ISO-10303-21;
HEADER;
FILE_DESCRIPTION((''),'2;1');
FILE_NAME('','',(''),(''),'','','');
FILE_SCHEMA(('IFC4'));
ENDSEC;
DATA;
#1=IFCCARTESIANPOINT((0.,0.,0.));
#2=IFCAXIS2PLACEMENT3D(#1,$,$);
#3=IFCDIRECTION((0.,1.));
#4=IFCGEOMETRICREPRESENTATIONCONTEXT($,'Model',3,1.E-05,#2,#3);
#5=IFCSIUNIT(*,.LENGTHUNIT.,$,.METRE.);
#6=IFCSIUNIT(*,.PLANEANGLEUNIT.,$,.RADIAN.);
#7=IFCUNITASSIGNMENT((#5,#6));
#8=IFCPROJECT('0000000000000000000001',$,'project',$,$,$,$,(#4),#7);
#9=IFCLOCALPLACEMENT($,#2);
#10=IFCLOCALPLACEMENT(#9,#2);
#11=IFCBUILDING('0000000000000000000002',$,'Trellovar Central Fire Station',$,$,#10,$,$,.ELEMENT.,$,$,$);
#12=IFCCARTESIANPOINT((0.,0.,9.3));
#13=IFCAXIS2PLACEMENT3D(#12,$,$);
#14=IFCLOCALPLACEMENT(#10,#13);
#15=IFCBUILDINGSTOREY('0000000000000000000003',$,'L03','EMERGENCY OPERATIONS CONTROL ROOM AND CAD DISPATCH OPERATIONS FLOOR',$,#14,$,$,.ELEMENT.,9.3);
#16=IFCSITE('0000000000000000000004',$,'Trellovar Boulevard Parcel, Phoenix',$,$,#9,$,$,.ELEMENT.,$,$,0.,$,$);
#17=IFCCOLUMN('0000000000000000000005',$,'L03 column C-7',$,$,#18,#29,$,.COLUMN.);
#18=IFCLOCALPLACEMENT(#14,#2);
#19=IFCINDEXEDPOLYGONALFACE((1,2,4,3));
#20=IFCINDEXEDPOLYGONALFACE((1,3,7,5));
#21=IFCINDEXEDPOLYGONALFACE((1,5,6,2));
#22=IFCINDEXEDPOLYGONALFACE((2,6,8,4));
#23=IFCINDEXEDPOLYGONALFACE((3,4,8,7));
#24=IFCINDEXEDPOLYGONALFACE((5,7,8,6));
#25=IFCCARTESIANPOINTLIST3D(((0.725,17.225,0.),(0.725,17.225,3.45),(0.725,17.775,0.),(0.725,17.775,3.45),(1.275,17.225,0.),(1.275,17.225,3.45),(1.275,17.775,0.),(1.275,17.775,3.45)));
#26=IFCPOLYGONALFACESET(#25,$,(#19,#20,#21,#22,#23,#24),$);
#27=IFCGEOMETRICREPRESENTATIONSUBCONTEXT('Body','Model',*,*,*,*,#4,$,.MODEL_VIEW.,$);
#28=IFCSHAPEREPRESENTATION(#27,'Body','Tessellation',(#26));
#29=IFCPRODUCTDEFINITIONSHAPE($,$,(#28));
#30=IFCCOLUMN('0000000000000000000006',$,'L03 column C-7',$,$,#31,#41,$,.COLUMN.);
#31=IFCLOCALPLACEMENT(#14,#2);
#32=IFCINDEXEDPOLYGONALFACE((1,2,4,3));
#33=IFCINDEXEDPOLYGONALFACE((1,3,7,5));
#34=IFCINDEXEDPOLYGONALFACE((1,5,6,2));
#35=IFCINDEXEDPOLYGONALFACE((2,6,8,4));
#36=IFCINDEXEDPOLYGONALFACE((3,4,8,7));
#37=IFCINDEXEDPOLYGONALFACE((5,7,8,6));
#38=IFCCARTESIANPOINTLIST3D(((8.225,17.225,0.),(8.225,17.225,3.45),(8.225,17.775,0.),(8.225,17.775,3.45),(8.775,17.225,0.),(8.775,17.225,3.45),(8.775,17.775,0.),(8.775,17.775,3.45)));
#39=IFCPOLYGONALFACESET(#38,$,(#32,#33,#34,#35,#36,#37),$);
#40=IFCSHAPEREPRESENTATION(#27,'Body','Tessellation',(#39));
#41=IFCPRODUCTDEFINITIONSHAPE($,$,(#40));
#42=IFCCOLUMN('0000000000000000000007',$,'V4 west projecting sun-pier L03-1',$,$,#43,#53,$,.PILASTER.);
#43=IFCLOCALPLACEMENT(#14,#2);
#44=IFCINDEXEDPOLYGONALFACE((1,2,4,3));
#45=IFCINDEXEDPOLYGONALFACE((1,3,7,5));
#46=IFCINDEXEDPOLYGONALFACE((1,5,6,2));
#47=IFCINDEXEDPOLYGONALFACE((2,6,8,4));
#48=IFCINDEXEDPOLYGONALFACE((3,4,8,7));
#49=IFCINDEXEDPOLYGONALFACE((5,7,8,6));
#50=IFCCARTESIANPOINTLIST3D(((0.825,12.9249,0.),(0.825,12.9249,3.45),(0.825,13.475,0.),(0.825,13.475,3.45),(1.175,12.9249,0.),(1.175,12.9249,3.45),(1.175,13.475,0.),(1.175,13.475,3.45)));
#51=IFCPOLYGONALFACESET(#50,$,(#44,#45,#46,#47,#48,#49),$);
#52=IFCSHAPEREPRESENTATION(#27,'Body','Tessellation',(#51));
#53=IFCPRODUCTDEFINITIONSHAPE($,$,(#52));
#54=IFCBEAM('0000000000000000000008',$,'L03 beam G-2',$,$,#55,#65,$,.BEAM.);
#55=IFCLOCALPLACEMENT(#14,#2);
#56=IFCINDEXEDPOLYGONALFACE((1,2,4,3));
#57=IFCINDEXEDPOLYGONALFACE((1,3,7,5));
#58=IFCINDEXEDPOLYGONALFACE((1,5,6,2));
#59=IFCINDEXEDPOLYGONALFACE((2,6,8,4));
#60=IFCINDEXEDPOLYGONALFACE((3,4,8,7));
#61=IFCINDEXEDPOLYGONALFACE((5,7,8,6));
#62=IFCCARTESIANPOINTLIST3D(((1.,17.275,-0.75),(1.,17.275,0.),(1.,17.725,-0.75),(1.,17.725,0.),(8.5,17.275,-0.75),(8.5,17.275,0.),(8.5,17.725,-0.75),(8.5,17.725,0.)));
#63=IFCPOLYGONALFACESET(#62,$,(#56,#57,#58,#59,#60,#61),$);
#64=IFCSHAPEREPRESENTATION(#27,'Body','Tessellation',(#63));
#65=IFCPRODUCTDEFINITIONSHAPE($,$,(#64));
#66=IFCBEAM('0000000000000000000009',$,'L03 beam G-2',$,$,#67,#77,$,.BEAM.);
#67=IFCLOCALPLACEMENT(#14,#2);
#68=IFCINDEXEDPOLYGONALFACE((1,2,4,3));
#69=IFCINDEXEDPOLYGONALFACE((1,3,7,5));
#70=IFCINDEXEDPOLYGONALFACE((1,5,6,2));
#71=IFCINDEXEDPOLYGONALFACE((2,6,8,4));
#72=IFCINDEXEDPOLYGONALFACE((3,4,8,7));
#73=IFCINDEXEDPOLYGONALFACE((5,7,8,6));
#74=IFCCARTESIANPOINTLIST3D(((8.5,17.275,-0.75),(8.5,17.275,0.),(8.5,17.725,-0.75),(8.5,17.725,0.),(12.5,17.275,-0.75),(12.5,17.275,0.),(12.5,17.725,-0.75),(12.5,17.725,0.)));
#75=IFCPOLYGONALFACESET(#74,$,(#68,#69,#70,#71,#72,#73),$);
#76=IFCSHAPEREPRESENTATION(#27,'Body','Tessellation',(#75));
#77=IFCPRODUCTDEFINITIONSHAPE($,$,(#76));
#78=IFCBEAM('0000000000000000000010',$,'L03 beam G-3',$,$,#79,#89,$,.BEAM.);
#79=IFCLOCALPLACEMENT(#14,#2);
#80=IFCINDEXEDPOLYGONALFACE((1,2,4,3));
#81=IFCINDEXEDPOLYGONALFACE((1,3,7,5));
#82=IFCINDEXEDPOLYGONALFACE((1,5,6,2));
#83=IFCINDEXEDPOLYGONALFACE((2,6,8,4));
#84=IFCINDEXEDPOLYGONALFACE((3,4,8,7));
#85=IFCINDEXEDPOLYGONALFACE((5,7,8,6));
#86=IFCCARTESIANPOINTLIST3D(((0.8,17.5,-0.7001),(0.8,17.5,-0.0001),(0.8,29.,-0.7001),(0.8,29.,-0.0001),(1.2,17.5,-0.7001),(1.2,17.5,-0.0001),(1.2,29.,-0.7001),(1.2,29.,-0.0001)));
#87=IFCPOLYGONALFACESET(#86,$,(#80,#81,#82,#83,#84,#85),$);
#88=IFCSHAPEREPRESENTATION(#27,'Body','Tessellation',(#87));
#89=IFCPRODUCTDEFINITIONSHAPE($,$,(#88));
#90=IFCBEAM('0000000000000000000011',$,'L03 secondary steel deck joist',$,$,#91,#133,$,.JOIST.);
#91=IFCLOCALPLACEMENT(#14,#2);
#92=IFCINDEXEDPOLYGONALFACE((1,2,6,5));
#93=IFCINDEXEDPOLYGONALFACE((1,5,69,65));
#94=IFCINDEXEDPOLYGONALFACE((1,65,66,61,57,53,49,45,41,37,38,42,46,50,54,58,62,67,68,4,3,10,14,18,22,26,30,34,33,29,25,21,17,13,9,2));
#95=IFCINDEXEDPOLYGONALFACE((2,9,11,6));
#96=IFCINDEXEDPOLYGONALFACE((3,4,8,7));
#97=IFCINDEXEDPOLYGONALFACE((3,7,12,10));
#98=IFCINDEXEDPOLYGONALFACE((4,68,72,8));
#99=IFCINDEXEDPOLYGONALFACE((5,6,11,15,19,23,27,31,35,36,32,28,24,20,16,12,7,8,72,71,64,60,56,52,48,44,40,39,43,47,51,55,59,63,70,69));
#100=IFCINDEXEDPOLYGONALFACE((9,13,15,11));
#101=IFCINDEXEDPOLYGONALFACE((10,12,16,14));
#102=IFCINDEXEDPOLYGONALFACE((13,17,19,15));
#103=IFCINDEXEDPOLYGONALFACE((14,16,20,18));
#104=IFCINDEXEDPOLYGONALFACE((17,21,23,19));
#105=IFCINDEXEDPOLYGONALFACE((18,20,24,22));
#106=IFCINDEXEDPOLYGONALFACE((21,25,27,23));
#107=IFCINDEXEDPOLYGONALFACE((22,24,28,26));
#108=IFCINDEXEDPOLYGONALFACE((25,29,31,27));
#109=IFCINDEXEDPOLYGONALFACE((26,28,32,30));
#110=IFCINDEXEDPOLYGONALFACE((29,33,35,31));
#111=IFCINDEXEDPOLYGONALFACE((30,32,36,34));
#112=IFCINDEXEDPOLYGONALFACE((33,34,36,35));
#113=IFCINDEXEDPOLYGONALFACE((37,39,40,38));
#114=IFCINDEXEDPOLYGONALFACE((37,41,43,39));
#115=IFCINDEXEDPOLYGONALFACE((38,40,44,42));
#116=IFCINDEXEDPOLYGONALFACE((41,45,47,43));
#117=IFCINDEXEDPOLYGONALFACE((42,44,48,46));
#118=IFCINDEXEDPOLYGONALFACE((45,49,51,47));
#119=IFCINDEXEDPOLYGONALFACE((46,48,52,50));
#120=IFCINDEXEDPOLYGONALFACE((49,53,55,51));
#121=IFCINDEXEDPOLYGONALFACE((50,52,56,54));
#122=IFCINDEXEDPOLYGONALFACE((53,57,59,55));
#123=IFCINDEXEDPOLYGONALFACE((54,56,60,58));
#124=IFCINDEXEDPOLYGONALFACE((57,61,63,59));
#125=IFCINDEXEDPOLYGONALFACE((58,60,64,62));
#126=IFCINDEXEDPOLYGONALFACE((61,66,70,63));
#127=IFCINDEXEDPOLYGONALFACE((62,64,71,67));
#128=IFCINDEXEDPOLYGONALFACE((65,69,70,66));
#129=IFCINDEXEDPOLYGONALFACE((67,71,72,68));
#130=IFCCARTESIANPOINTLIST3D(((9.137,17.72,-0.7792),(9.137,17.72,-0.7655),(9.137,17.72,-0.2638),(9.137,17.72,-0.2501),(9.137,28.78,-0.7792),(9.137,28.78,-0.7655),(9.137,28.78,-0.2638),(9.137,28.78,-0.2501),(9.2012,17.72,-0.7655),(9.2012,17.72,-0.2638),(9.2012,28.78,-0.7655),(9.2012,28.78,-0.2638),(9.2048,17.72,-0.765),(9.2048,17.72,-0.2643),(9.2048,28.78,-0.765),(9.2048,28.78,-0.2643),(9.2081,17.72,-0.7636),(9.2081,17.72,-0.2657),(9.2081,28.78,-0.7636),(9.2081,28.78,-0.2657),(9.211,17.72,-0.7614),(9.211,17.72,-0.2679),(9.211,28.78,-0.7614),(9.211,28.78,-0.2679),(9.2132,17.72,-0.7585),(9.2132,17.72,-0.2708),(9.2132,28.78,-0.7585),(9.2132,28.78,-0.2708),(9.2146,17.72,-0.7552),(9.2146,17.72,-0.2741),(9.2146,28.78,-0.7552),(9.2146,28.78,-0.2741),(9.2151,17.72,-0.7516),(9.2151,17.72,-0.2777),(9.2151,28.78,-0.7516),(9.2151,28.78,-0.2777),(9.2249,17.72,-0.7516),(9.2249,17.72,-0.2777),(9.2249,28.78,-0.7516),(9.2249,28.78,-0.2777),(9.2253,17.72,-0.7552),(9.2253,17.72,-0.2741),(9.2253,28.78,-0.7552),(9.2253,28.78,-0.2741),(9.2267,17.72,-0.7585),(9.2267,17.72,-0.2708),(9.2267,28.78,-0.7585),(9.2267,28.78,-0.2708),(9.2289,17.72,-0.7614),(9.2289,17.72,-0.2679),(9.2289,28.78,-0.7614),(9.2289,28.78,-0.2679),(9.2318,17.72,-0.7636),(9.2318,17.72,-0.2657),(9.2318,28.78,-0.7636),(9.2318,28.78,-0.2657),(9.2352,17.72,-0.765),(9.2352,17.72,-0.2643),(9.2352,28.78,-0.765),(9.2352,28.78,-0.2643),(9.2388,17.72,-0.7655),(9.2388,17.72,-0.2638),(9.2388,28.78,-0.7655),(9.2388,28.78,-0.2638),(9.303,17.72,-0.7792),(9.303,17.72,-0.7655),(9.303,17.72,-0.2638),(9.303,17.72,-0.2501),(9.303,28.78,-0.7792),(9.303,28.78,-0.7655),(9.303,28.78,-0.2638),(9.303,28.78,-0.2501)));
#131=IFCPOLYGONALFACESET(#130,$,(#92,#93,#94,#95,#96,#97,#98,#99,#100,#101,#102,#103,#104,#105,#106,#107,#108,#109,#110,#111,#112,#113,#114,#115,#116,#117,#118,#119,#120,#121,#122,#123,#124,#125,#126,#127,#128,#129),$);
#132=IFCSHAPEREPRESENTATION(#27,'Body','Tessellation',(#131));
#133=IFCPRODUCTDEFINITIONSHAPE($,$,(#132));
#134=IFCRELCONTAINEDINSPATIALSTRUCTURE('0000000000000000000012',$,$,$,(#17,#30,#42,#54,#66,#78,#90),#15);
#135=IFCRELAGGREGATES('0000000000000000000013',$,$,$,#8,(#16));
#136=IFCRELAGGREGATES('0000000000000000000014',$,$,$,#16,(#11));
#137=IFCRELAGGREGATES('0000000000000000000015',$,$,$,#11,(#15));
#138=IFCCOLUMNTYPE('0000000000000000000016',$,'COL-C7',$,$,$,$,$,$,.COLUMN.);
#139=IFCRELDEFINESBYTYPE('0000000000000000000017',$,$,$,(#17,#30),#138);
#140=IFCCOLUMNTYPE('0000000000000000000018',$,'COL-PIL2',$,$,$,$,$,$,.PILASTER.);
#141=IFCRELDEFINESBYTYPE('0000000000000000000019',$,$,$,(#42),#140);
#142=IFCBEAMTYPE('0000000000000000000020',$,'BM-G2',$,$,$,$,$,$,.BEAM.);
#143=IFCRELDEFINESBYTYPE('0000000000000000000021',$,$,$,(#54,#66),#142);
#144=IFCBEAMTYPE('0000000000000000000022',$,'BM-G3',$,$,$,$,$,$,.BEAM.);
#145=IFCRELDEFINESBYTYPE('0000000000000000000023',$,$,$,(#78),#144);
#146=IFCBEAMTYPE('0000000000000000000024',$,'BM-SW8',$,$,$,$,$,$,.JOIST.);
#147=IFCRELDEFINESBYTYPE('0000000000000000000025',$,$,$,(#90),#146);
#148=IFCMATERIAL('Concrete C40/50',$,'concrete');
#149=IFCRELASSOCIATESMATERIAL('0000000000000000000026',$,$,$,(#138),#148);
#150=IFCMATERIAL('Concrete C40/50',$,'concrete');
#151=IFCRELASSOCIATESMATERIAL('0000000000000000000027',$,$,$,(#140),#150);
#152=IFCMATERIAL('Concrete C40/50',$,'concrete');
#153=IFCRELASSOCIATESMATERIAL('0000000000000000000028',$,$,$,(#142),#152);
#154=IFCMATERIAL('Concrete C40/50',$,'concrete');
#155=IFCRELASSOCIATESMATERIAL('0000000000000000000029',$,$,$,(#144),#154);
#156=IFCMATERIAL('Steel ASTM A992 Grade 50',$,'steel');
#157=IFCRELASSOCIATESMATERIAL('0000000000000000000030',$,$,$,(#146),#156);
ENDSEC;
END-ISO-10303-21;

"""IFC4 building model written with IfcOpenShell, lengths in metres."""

from ifc_helpers import new_model, si_unit, direction, frame, origin, origin_2d, place, context, subcontext, project, spatial, rectangle, i_section, extrude, material, material_profile, profile_set, type_object, element, save


model = new_model("IFC4")

# Units and contexts
model_context = context("Model", 3, precision=1e-05, world=origin(), true_north=direction((0.0, 1.0)))
body_context = subcontext(model_context, "Body", "Model", "MODEL_VIEW")
ifc_project = project(units=[si_unit("LENGTHUNIT", "METRE"), si_unit("PLANEANGLEUNIT", "RADIAN")], contexts=[model_context])

# Site, building, storey
site_placement = place(None, origin())
site = spatial("IfcSite", under=ifc_project, at=site_placement, Name="Trellovar Boulevard Parcel, Phoenix", CompositionType="ELEMENT", RefElevation=0.0)
building_placement = place(site_placement, origin())
building = spatial("IfcBuilding", under=site, at=building_placement, Name="Trellovar Central Fire Station", CompositionType="ELEMENT")
storey_placement = place(building_placement, frame((0.0, 0.0, 9.3)))
storey = spatial("IfcBuildingStorey", under=building, at=storey_placement, Name="L03", Description="EMERGENCY OPERATIONS CONTROL ROOM AND CAD DISPATCH OPERATIONS FLOOR", CompositionType="ELEMENT", Elevation=9.3)

# Columns
ifc_material_1 = material(Name="Concrete C40/50", Category="concrete")
ifc_material_profile_1 = material_profile(ifc_material_1, rectangle(XDim=0.55, YDim=0.55, at=origin_2d()), Name="RC550X550")
ifc_profile_set_1 = profile_set([ifc_material_profile_1], Name="Concrete C40/50")
column_type_1 = type_object("IfcColumnType", Name="COL-C7", PredefinedType="COLUMN", material=ifc_profile_set_1)
for number, where, z_axis, x_axis, name in (
    (1, (1.0, 17.5, 0.0), (0.0, 0.0, 1.0), (1.0, 0.0, 0.0), "L03 column C-7"),
    (2, (8.5, 17.5, 0.0), (0.0, 0.0, 1.0), (1.0, 0.0, 0.0), "L03 column C-7"),
):
    element("IfcColumn", number, at=place(storey_placement, frame(where, z_axis=z_axis, x_axis=x_axis)), inside=storey, type_object=column_type_1, Name=name, PredefinedType="COLUMN", context=body_context, shape_type="SweptSolid", body=[
        extrude(rectangle(XDim=0.55, YDim=0.55, at=origin_2d()), origin(), (0.0, 0.0, 1.0), 3.45),
    ])
ifc_material_2 = material(Name="Concrete C40/50", Category="concrete")
ifc_material_profile_2 = material_profile(ifc_material_2, rectangle(XDim=0.3501, YDim=0.55, at=origin_2d()), Name="RC350X550")
ifc_profile_set_2 = profile_set([ifc_material_profile_2], Name="Concrete C40/50")
column_type_2 = type_object("IfcColumnType", Name="COL-PIL2", PredefinedType="PILASTER", material=ifc_profile_set_2)
column_placement = place(storey_placement, frame((1.0, 13.2, 0.0), z_axis=(0.0, 0.0, 1.0), x_axis=(1.0, 0.0, 0.0)))
element("IfcColumn", 3, at=column_placement, inside=storey, type_object=column_type_2, Name="V4 west projecting sun-pier L03-1", PredefinedType="PILASTER", context=body_context, shape_type="SweptSolid", body=[
    extrude(rectangle(XDim=0.3501, YDim=0.55, at=origin_2d()), origin(), (0.0, 0.0, 1.0), 3.45),
])

# Beams
ifc_material_3 = material(Name="Concrete C40/50", Category="concrete")
ifc_material_profile_3 = material_profile(ifc_material_3, rectangle(XDim=0.45, YDim=0.75, at=origin_2d()), Name="RC450X750")
ifc_profile_set_3 = profile_set([ifc_material_profile_3], Name="Concrete C40/50")
beam_type_1 = type_object("IfcBeamType", Name="BM-G2", PredefinedType="BEAM", material=ifc_profile_set_3)
beam_1_placement = place(storey_placement, frame((1.0, 17.5, -0.375), z_axis=(1.0, 0.0, 0.0), x_axis=(0.0, 1.0, 0.0)))
element("IfcBeam", 4, at=beam_1_placement, inside=storey, type_object=beam_type_1, Name="L03 beam G-2", PredefinedType="BEAM", context=body_context, shape_type="SweptSolid", body=[
    extrude(rectangle(XDim=0.45, YDim=0.75, at=origin_2d()), origin(), (0.0, 0.0, 1.0), 7.5),
])
beam_2_placement = place(storey_placement, frame((8.5, 17.5, -0.375), z_axis=(1.0, 0.0, 0.0), x_axis=(0.0, 1.0, 0.0)))
element("IfcBeam", 5, at=beam_2_placement, inside=storey, type_object=beam_type_1, Name="L03 beam G-2", PredefinedType="BEAM", context=body_context, shape_type="SweptSolid", body=[
    extrude(rectangle(XDim=0.45, YDim=0.75, at=origin_2d()), origin(), (0.0, 0.0, 1.0), 4.0),
])
ifc_material_4 = material(Name="Concrete C40/50", Category="concrete")
ifc_material_profile_4 = material_profile(ifc_material_4, rectangle(XDim=0.3999, YDim=0.7, at=origin_2d()), Name="RC400X700")
ifc_profile_set_4 = profile_set([ifc_material_profile_4], Name="Concrete C40/50")
beam_type_2 = type_object("IfcBeamType", Name="BM-G3", PredefinedType="BEAM", material=ifc_profile_set_4)
beam_3_placement = place(storey_placement, frame((1.0, 17.5, -0.3501), z_axis=(0.0, 1.0, 0.0), x_axis=(-1.0, 0.0, 0.0)))
element("IfcBeam", 6, at=beam_3_placement, inside=storey, type_object=beam_type_2, Name="L03 beam G-3", PredefinedType="BEAM", context=body_context, shape_type="SweptSolid", body=[
    extrude(rectangle(XDim=0.3999, YDim=0.7, at=origin_2d()), origin(), (0.0, 0.0, 1.0), 11.5),
])
ifc_material_5 = material(Name="Steel ASTM A992 Grade 50", Category="steel")
ifc_material_profile_5 = material_profile(ifc_material_5, i_section(OverallWidth=0.166, OverallDepth=0.5291, WebThickness=0.0098, FlangeThickness=0.0137, FilletRadius=0.0139, at=origin_2d()), Name="W21X50")
ifc_profile_set_5 = profile_set([ifc_material_profile_5], Name="Steel ASTM A992 Grade 50")
beam_type_3 = type_object("IfcBeamType", Name="BM-SW8", PredefinedType="JOIST", material=ifc_profile_set_5)
beam_4_placement = place(storey_placement, frame((9.22, 17.72, -0.5146), z_axis=(0.0, 1.0, 0.0), x_axis=(-1.0, 0.0, 0.0)))
element("IfcBeam", 7, at=beam_4_placement, inside=storey, type_object=beam_type_3, Name="L03 secondary steel deck joist", PredefinedType="JOIST", context=body_context, shape_type="SweptSolid", body=[
    extrude(i_section(OverallWidth=0.166, OverallDepth=0.5291, WebThickness=0.0098, FlangeThickness=0.0137, FilletRadius=0.0139, at=origin_2d()), origin(), (0.0, 0.0, 1.0), 11.0601),
])

save(model, "model.ifc")
